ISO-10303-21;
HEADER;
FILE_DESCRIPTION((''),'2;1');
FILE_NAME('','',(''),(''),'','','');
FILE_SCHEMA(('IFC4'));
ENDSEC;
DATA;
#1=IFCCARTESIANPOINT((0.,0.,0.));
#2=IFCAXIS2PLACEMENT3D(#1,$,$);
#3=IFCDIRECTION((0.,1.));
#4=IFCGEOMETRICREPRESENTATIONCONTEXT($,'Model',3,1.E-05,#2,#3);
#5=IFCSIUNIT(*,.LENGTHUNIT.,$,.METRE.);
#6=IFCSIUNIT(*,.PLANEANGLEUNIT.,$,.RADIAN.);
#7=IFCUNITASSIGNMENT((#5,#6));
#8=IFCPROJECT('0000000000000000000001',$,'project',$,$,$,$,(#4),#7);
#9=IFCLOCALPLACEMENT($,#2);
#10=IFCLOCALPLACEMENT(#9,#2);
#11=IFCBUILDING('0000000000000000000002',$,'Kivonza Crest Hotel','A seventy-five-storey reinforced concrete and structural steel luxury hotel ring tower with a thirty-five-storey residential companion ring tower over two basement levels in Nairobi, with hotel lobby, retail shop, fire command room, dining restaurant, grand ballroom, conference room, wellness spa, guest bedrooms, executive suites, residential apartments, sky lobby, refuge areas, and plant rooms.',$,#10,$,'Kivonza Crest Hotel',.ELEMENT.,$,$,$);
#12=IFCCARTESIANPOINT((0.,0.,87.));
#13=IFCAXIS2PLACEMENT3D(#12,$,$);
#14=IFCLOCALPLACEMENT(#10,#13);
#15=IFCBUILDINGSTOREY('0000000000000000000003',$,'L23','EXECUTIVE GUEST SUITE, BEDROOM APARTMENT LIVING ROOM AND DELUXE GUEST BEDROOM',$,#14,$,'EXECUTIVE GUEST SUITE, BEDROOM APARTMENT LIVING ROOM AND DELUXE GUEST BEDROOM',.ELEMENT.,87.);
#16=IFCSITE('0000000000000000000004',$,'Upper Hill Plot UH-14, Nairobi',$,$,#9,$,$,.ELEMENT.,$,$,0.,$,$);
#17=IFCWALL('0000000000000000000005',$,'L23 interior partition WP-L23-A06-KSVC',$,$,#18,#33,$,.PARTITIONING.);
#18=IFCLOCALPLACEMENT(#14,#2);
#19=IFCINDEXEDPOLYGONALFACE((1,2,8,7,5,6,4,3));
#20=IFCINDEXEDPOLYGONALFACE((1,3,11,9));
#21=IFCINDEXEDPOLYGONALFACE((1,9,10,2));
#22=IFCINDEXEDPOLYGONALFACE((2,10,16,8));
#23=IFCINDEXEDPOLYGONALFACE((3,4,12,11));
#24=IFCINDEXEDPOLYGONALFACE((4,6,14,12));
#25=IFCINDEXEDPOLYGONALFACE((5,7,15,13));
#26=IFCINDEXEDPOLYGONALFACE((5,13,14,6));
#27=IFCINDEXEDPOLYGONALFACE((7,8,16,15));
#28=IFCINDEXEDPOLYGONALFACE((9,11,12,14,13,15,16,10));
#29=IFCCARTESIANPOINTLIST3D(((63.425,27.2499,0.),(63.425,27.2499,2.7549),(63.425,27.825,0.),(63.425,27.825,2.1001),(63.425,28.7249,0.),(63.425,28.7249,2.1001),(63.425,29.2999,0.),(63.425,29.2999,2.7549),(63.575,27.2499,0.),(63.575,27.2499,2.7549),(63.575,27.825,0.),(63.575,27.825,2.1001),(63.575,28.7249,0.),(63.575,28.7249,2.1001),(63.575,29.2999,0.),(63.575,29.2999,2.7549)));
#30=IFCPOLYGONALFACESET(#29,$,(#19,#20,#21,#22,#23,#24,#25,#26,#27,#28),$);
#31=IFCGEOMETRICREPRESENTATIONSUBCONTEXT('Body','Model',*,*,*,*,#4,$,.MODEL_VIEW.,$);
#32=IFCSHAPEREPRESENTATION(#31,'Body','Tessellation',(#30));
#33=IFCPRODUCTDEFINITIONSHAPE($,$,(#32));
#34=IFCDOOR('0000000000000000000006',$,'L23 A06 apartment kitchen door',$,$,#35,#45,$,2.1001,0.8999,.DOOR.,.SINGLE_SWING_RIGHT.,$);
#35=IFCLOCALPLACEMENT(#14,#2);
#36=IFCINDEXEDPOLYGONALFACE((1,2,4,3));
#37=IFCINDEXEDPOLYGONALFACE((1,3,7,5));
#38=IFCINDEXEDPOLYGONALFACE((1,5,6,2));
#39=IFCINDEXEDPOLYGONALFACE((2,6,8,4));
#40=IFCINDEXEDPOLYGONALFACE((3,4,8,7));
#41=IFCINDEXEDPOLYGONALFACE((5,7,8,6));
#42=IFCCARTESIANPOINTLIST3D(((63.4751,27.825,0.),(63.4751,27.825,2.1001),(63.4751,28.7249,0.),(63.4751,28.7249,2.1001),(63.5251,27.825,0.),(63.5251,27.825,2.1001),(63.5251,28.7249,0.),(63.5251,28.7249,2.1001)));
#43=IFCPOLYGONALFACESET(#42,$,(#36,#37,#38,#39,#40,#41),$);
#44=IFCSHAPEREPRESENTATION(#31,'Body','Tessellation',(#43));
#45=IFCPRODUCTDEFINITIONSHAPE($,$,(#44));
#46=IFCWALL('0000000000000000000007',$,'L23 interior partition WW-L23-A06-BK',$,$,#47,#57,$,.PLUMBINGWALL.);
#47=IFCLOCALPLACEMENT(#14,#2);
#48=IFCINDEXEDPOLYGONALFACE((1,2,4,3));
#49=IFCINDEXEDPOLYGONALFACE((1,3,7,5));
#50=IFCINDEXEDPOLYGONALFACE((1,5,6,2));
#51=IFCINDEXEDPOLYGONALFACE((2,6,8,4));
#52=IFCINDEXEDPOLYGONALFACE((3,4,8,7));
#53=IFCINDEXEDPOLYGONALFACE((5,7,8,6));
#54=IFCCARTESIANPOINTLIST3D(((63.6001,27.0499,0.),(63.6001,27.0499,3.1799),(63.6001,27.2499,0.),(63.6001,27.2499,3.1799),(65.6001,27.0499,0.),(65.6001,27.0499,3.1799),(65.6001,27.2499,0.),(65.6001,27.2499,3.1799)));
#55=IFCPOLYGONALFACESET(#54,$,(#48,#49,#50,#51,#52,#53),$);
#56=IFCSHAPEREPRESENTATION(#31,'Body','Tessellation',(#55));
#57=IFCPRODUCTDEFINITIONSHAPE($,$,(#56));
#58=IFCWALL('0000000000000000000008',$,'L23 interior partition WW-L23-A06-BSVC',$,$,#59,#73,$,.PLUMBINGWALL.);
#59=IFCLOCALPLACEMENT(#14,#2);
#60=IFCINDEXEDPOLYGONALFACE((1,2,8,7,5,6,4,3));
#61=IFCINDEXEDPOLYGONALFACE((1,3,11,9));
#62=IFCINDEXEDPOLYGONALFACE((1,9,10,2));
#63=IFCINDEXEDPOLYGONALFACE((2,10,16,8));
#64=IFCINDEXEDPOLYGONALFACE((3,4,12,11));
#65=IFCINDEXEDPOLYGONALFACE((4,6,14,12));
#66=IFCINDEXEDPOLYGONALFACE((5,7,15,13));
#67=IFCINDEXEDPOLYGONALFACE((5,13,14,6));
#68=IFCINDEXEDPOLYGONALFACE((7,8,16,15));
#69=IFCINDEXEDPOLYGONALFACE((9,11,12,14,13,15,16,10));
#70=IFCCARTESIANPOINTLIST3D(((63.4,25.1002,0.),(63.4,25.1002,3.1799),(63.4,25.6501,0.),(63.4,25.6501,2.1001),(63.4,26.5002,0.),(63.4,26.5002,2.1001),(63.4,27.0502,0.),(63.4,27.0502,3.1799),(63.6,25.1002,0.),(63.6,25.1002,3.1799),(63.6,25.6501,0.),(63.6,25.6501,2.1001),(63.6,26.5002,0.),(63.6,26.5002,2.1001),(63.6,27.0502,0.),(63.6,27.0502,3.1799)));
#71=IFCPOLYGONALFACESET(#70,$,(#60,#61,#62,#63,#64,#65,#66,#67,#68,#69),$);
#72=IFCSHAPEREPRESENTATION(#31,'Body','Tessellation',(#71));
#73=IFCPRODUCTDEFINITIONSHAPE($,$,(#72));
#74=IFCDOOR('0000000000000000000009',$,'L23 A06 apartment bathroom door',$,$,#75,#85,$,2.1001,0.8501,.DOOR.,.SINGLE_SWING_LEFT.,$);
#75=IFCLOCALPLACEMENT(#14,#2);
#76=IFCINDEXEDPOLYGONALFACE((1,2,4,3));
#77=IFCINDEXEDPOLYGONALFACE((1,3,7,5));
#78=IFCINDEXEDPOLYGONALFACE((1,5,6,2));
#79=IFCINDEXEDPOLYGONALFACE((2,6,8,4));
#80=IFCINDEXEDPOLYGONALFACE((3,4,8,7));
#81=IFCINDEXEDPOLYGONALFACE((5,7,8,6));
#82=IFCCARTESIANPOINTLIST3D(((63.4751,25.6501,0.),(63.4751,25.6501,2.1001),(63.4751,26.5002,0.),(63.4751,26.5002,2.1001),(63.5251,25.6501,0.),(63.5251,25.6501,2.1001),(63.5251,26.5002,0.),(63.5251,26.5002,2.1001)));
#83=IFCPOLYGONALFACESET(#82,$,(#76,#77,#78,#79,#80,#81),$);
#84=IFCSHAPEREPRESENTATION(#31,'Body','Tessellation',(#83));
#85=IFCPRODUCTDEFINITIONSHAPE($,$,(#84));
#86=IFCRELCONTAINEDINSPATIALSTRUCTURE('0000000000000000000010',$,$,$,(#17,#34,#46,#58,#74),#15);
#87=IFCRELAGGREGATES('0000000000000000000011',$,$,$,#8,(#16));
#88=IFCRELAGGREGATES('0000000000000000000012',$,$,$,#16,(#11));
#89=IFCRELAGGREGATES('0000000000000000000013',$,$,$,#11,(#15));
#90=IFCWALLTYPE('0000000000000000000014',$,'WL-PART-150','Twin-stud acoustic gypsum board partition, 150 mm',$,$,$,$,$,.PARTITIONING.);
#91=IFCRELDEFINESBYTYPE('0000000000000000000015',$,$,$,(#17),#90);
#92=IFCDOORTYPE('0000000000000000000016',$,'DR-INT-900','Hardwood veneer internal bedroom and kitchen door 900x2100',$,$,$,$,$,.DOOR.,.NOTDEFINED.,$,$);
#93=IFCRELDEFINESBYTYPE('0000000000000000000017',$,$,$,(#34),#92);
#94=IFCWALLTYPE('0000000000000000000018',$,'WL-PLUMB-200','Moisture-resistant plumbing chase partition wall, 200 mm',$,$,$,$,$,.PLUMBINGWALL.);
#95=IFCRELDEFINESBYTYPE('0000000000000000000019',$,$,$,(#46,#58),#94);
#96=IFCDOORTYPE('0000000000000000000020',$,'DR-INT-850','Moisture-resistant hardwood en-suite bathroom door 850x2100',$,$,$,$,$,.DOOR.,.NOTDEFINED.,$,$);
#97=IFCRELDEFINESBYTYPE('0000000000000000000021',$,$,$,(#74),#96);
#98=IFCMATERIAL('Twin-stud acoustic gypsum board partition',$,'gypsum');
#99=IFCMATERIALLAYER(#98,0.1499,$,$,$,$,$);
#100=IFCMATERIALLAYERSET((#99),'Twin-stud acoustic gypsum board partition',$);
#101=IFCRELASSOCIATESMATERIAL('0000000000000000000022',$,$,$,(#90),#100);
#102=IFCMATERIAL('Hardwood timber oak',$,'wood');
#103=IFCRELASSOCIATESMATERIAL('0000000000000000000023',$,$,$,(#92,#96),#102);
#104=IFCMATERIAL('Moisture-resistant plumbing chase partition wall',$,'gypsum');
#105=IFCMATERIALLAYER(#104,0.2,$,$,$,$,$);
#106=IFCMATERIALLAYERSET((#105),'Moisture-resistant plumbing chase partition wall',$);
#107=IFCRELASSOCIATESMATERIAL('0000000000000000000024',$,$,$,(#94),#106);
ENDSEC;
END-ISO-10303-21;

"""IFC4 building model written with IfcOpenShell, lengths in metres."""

from ifc_helpers import new_model, si_unit, direction, frame, frame_2d, origin, place, context, subcontext, project, spatial, rectangle, extrude, material, layer, layer_set, type_object, element, fill, save


model = new_model("IFC4")

# Units and contexts
model_context = context("Model", 3, precision=1e-05, world=origin(), true_north=direction((0.0, 1.0)))
body_context = subcontext(model_context, "Body", "Model", "MODEL_VIEW")
ifc_project = project(units=[si_unit("LENGTHUNIT", "METRE"), si_unit("PLANEANGLEUNIT", "RADIAN")], contexts=[model_context])

# Site, building, storey
site_placement = place(None, origin())
site = spatial("IfcSite", under=ifc_project, at=site_placement, Name="Upper Hill Plot UH-14, Nairobi", CompositionType="ELEMENT", RefElevation=0.0)
building_placement = place(site_placement, origin())
building = spatial("IfcBuilding", under=site, at=building_placement, Name="Kivonza Crest Hotel", Description="A seventy-five-storey reinforced concrete and structural steel luxury hotel ring tower with a thirty-five-storey residential companion ring tower over two basement levels in Nairobi, with hotel lobby, retail shop, fire command room, dining restaurant, grand ballroom, conference room, wellness spa, guest bedrooms, executive suites, residential apartments, sky lobby, refuge areas, and plant rooms.", LongName="Kivonza Crest Hotel", CompositionType="ELEMENT")
storey_placement = place(building_placement, frame((0.0, 0.0, 87.0)))
storey = spatial("IfcBuildingStorey", under=building, at=storey_placement, Name="L23", Description="EXECUTIVE GUEST SUITE, BEDROOM APARTMENT LIVING ROOM AND DELUXE GUEST BEDROOM", LongName="EXECUTIVE GUEST SUITE, BEDROOM APARTMENT LIVING ROOM AND DELUXE GUEST BEDROOM", CompositionType="ELEMENT", Elevation=87.0)

# Shared definitions
ifc_material_1 = material(Name="Hardwood timber oak", Category="wood")

# Shared definitions
ifc_material_2 = material(Name="Twin-stud acoustic gypsum board partition", Category="gypsum")
ifc_layer_1 = layer(ifc_material_2, 0.1499)
ifc_layer_set_1 = layer_set([ifc_layer_1], Name="Twin-stud acoustic gypsum board partition")
wall_type_1 = type_object("IfcWallType", Name="WL-PART-150", Description="Twin-stud acoustic gypsum board partition, 150 mm", PredefinedType="PARTITIONING", material=ifc_layer_set_1)
door_type_1 = type_object("IfcDoorType", Name="DR-INT-900", Description="Hardwood veneer internal bedroom and kitchen door 900x2100", OperationType="NOTDEFINED", PredefinedType="DOOR", material=ifc_material_1)

# Wall, opening, door
wall_1_placement = place(storey_placement, frame((63.5, 27.25, 0.0), z_axis=(0.0, 0.0, 1.0), x_axis=(0.0, 1.0, 0.0)))
wall_1 = element("IfcWall", 1, at=wall_1_placement, inside=storey, type_object=wall_type_1, Name="L23 interior partition WP-L23-A06-KSVC", PredefinedType="PARTITIONING", context=body_context, shape_type="SweptSolid", body=[
    extrude(rectangle(XDim=2.05, YDim=0.1499, at=frame_2d((1.0249, 0.0))), origin(), (0.0, 0.0, 1.0), 2.7549),
])
opening_1_placement = place(wall_1_placement, frame((0.575, 0.0, 0.0)))
opening_1 = element("IfcOpeningElement", 2, at=opening_1_placement, cuts=wall_1, PredefinedType="OPENING", context=body_context, shape_type="SweptSolid", body=[
    extrude(rectangle(XDim=0.8999, YDim=2.1001, at=frame_2d((0.45, 1.05))), frame((0.0, 0.085, 0.0), z_axis=(0.0, -1.0, 0.0), x_axis=(1.0, 0.0, 0.0)), (0.0, 0.0, 1.0), 0.1699),
])
door_1_placement = place(opening_1_placement, origin())
door_1 = element("IfcDoor", 3, at=door_1_placement, inside=storey, type_object=door_type_1, Name="L23 A06 apartment kitchen door", OperationType="SINGLE_SWING_RIGHT", OverallHeight=2.1001, OverallWidth=0.8999, PredefinedType="DOOR", context=body_context, shape_type="SweptSolid", body=[
    extrude(rectangle(XDim=0.8999, YDim=2.1001, at=frame_2d((0.45, 1.05))), frame((0.0, 0.0249, 0.0), z_axis=(0.0, -1.0, 0.0), x_axis=(1.0, 0.0, 0.0)), (0.0, 0.0, 1.0), 0.05),
])
fill(opening_1, door_1)

# Wall
ifc_material_3 = material(Name="Moisture-resistant plumbing chase partition wall", Category="gypsum")
ifc_layer_2 = layer(ifc_material_3, 0.2)
ifc_layer_set_2 = layer_set([ifc_layer_2], Name="Moisture-resistant plumbing chase partition wall")
wall_type_2 = type_object("IfcWallType", Name="WL-PLUMB-200", Description="Moisture-resistant plumbing chase partition wall, 200 mm", PredefinedType="PLUMBINGWALL", material=ifc_layer_set_2)
wall_2_placement = place(storey_placement, frame((63.6001, 27.1499, 0.0), z_axis=(0.0, 0.0, 1.0), x_axis=(1.0, 0.0, 0.0)))
element("IfcWall", 4, at=wall_2_placement, inside=storey, type_object=wall_type_2, Name="L23 interior partition WW-L23-A06-BK", PredefinedType="PLUMBINGWALL", context=body_context, shape_type="SweptSolid", body=[
    extrude(rectangle(XDim=2.0, YDim=0.2, at=frame_2d((1.0, 0.0))), origin(), (0.0, 0.0, 1.0), 3.1799),
])

# Wall, opening, door
wall_3_placement = place(storey_placement, frame((63.5, 25.1001, 0.0), z_axis=(0.0, 0.0, 1.0), x_axis=(0.0, 1.0, 0.0)))
wall_3 = element("IfcWall", 5, at=wall_3_placement, inside=storey, type_object=wall_type_2, Name="L23 interior partition WW-L23-A06-BSVC", PredefinedType="PLUMBINGWALL", context=body_context, shape_type="SweptSolid", body=[
    extrude(rectangle(XDim=1.95, YDim=0.2, at=frame_2d((0.9751, 0.0))), origin(), (0.0, 0.0, 1.0), 3.1799),
])
opening_2_placement = place(wall_3_placement, frame((0.55, 0.0, 0.0)))
opening_2 = element("IfcOpeningElement", 6, at=opening_2_placement, cuts=wall_3, PredefinedType="OPENING", context=body_context, shape_type="SweptSolid", body=[
    extrude(rectangle(XDim=0.8501, YDim=2.1001, at=frame_2d((0.425, 1.05))), frame((0.0, 0.1099, 0.0), z_axis=(0.0, -1.0, 0.0), x_axis=(1.0, 0.0, 0.0)), (0.0, 0.0, 1.0), 0.22),
])
door_type_2 = type_object("IfcDoorType", Name="DR-INT-850", Description="Moisture-resistant hardwood en-suite bathroom door 850x2100", OperationType="NOTDEFINED", PredefinedType="DOOR", material=ifc_material_1)
door_2_placement = place(opening_2_placement, origin())
door_2 = element("IfcDoor", 7, at=door_2_placement, inside=storey, type_object=door_type_2, Name="L23 A06 apartment bathroom door", OperationType="SINGLE_SWING_LEFT", OverallHeight=2.1001, OverallWidth=0.8501, PredefinedType="DOOR", context=body_context, shape_type="SweptSolid", body=[
    extrude(rectangle(XDim=0.8501, YDim=2.1001, at=frame_2d((0.425, 1.05))), frame((0.0, 0.0249, 0.0), z_axis=(0.0, -1.0, 0.0), x_axis=(1.0, 0.0, 0.0)), (0.0, 0.0, 1.0), 0.05),
])
fill(opening_2, door_2)

save(model, "model.ifc")
